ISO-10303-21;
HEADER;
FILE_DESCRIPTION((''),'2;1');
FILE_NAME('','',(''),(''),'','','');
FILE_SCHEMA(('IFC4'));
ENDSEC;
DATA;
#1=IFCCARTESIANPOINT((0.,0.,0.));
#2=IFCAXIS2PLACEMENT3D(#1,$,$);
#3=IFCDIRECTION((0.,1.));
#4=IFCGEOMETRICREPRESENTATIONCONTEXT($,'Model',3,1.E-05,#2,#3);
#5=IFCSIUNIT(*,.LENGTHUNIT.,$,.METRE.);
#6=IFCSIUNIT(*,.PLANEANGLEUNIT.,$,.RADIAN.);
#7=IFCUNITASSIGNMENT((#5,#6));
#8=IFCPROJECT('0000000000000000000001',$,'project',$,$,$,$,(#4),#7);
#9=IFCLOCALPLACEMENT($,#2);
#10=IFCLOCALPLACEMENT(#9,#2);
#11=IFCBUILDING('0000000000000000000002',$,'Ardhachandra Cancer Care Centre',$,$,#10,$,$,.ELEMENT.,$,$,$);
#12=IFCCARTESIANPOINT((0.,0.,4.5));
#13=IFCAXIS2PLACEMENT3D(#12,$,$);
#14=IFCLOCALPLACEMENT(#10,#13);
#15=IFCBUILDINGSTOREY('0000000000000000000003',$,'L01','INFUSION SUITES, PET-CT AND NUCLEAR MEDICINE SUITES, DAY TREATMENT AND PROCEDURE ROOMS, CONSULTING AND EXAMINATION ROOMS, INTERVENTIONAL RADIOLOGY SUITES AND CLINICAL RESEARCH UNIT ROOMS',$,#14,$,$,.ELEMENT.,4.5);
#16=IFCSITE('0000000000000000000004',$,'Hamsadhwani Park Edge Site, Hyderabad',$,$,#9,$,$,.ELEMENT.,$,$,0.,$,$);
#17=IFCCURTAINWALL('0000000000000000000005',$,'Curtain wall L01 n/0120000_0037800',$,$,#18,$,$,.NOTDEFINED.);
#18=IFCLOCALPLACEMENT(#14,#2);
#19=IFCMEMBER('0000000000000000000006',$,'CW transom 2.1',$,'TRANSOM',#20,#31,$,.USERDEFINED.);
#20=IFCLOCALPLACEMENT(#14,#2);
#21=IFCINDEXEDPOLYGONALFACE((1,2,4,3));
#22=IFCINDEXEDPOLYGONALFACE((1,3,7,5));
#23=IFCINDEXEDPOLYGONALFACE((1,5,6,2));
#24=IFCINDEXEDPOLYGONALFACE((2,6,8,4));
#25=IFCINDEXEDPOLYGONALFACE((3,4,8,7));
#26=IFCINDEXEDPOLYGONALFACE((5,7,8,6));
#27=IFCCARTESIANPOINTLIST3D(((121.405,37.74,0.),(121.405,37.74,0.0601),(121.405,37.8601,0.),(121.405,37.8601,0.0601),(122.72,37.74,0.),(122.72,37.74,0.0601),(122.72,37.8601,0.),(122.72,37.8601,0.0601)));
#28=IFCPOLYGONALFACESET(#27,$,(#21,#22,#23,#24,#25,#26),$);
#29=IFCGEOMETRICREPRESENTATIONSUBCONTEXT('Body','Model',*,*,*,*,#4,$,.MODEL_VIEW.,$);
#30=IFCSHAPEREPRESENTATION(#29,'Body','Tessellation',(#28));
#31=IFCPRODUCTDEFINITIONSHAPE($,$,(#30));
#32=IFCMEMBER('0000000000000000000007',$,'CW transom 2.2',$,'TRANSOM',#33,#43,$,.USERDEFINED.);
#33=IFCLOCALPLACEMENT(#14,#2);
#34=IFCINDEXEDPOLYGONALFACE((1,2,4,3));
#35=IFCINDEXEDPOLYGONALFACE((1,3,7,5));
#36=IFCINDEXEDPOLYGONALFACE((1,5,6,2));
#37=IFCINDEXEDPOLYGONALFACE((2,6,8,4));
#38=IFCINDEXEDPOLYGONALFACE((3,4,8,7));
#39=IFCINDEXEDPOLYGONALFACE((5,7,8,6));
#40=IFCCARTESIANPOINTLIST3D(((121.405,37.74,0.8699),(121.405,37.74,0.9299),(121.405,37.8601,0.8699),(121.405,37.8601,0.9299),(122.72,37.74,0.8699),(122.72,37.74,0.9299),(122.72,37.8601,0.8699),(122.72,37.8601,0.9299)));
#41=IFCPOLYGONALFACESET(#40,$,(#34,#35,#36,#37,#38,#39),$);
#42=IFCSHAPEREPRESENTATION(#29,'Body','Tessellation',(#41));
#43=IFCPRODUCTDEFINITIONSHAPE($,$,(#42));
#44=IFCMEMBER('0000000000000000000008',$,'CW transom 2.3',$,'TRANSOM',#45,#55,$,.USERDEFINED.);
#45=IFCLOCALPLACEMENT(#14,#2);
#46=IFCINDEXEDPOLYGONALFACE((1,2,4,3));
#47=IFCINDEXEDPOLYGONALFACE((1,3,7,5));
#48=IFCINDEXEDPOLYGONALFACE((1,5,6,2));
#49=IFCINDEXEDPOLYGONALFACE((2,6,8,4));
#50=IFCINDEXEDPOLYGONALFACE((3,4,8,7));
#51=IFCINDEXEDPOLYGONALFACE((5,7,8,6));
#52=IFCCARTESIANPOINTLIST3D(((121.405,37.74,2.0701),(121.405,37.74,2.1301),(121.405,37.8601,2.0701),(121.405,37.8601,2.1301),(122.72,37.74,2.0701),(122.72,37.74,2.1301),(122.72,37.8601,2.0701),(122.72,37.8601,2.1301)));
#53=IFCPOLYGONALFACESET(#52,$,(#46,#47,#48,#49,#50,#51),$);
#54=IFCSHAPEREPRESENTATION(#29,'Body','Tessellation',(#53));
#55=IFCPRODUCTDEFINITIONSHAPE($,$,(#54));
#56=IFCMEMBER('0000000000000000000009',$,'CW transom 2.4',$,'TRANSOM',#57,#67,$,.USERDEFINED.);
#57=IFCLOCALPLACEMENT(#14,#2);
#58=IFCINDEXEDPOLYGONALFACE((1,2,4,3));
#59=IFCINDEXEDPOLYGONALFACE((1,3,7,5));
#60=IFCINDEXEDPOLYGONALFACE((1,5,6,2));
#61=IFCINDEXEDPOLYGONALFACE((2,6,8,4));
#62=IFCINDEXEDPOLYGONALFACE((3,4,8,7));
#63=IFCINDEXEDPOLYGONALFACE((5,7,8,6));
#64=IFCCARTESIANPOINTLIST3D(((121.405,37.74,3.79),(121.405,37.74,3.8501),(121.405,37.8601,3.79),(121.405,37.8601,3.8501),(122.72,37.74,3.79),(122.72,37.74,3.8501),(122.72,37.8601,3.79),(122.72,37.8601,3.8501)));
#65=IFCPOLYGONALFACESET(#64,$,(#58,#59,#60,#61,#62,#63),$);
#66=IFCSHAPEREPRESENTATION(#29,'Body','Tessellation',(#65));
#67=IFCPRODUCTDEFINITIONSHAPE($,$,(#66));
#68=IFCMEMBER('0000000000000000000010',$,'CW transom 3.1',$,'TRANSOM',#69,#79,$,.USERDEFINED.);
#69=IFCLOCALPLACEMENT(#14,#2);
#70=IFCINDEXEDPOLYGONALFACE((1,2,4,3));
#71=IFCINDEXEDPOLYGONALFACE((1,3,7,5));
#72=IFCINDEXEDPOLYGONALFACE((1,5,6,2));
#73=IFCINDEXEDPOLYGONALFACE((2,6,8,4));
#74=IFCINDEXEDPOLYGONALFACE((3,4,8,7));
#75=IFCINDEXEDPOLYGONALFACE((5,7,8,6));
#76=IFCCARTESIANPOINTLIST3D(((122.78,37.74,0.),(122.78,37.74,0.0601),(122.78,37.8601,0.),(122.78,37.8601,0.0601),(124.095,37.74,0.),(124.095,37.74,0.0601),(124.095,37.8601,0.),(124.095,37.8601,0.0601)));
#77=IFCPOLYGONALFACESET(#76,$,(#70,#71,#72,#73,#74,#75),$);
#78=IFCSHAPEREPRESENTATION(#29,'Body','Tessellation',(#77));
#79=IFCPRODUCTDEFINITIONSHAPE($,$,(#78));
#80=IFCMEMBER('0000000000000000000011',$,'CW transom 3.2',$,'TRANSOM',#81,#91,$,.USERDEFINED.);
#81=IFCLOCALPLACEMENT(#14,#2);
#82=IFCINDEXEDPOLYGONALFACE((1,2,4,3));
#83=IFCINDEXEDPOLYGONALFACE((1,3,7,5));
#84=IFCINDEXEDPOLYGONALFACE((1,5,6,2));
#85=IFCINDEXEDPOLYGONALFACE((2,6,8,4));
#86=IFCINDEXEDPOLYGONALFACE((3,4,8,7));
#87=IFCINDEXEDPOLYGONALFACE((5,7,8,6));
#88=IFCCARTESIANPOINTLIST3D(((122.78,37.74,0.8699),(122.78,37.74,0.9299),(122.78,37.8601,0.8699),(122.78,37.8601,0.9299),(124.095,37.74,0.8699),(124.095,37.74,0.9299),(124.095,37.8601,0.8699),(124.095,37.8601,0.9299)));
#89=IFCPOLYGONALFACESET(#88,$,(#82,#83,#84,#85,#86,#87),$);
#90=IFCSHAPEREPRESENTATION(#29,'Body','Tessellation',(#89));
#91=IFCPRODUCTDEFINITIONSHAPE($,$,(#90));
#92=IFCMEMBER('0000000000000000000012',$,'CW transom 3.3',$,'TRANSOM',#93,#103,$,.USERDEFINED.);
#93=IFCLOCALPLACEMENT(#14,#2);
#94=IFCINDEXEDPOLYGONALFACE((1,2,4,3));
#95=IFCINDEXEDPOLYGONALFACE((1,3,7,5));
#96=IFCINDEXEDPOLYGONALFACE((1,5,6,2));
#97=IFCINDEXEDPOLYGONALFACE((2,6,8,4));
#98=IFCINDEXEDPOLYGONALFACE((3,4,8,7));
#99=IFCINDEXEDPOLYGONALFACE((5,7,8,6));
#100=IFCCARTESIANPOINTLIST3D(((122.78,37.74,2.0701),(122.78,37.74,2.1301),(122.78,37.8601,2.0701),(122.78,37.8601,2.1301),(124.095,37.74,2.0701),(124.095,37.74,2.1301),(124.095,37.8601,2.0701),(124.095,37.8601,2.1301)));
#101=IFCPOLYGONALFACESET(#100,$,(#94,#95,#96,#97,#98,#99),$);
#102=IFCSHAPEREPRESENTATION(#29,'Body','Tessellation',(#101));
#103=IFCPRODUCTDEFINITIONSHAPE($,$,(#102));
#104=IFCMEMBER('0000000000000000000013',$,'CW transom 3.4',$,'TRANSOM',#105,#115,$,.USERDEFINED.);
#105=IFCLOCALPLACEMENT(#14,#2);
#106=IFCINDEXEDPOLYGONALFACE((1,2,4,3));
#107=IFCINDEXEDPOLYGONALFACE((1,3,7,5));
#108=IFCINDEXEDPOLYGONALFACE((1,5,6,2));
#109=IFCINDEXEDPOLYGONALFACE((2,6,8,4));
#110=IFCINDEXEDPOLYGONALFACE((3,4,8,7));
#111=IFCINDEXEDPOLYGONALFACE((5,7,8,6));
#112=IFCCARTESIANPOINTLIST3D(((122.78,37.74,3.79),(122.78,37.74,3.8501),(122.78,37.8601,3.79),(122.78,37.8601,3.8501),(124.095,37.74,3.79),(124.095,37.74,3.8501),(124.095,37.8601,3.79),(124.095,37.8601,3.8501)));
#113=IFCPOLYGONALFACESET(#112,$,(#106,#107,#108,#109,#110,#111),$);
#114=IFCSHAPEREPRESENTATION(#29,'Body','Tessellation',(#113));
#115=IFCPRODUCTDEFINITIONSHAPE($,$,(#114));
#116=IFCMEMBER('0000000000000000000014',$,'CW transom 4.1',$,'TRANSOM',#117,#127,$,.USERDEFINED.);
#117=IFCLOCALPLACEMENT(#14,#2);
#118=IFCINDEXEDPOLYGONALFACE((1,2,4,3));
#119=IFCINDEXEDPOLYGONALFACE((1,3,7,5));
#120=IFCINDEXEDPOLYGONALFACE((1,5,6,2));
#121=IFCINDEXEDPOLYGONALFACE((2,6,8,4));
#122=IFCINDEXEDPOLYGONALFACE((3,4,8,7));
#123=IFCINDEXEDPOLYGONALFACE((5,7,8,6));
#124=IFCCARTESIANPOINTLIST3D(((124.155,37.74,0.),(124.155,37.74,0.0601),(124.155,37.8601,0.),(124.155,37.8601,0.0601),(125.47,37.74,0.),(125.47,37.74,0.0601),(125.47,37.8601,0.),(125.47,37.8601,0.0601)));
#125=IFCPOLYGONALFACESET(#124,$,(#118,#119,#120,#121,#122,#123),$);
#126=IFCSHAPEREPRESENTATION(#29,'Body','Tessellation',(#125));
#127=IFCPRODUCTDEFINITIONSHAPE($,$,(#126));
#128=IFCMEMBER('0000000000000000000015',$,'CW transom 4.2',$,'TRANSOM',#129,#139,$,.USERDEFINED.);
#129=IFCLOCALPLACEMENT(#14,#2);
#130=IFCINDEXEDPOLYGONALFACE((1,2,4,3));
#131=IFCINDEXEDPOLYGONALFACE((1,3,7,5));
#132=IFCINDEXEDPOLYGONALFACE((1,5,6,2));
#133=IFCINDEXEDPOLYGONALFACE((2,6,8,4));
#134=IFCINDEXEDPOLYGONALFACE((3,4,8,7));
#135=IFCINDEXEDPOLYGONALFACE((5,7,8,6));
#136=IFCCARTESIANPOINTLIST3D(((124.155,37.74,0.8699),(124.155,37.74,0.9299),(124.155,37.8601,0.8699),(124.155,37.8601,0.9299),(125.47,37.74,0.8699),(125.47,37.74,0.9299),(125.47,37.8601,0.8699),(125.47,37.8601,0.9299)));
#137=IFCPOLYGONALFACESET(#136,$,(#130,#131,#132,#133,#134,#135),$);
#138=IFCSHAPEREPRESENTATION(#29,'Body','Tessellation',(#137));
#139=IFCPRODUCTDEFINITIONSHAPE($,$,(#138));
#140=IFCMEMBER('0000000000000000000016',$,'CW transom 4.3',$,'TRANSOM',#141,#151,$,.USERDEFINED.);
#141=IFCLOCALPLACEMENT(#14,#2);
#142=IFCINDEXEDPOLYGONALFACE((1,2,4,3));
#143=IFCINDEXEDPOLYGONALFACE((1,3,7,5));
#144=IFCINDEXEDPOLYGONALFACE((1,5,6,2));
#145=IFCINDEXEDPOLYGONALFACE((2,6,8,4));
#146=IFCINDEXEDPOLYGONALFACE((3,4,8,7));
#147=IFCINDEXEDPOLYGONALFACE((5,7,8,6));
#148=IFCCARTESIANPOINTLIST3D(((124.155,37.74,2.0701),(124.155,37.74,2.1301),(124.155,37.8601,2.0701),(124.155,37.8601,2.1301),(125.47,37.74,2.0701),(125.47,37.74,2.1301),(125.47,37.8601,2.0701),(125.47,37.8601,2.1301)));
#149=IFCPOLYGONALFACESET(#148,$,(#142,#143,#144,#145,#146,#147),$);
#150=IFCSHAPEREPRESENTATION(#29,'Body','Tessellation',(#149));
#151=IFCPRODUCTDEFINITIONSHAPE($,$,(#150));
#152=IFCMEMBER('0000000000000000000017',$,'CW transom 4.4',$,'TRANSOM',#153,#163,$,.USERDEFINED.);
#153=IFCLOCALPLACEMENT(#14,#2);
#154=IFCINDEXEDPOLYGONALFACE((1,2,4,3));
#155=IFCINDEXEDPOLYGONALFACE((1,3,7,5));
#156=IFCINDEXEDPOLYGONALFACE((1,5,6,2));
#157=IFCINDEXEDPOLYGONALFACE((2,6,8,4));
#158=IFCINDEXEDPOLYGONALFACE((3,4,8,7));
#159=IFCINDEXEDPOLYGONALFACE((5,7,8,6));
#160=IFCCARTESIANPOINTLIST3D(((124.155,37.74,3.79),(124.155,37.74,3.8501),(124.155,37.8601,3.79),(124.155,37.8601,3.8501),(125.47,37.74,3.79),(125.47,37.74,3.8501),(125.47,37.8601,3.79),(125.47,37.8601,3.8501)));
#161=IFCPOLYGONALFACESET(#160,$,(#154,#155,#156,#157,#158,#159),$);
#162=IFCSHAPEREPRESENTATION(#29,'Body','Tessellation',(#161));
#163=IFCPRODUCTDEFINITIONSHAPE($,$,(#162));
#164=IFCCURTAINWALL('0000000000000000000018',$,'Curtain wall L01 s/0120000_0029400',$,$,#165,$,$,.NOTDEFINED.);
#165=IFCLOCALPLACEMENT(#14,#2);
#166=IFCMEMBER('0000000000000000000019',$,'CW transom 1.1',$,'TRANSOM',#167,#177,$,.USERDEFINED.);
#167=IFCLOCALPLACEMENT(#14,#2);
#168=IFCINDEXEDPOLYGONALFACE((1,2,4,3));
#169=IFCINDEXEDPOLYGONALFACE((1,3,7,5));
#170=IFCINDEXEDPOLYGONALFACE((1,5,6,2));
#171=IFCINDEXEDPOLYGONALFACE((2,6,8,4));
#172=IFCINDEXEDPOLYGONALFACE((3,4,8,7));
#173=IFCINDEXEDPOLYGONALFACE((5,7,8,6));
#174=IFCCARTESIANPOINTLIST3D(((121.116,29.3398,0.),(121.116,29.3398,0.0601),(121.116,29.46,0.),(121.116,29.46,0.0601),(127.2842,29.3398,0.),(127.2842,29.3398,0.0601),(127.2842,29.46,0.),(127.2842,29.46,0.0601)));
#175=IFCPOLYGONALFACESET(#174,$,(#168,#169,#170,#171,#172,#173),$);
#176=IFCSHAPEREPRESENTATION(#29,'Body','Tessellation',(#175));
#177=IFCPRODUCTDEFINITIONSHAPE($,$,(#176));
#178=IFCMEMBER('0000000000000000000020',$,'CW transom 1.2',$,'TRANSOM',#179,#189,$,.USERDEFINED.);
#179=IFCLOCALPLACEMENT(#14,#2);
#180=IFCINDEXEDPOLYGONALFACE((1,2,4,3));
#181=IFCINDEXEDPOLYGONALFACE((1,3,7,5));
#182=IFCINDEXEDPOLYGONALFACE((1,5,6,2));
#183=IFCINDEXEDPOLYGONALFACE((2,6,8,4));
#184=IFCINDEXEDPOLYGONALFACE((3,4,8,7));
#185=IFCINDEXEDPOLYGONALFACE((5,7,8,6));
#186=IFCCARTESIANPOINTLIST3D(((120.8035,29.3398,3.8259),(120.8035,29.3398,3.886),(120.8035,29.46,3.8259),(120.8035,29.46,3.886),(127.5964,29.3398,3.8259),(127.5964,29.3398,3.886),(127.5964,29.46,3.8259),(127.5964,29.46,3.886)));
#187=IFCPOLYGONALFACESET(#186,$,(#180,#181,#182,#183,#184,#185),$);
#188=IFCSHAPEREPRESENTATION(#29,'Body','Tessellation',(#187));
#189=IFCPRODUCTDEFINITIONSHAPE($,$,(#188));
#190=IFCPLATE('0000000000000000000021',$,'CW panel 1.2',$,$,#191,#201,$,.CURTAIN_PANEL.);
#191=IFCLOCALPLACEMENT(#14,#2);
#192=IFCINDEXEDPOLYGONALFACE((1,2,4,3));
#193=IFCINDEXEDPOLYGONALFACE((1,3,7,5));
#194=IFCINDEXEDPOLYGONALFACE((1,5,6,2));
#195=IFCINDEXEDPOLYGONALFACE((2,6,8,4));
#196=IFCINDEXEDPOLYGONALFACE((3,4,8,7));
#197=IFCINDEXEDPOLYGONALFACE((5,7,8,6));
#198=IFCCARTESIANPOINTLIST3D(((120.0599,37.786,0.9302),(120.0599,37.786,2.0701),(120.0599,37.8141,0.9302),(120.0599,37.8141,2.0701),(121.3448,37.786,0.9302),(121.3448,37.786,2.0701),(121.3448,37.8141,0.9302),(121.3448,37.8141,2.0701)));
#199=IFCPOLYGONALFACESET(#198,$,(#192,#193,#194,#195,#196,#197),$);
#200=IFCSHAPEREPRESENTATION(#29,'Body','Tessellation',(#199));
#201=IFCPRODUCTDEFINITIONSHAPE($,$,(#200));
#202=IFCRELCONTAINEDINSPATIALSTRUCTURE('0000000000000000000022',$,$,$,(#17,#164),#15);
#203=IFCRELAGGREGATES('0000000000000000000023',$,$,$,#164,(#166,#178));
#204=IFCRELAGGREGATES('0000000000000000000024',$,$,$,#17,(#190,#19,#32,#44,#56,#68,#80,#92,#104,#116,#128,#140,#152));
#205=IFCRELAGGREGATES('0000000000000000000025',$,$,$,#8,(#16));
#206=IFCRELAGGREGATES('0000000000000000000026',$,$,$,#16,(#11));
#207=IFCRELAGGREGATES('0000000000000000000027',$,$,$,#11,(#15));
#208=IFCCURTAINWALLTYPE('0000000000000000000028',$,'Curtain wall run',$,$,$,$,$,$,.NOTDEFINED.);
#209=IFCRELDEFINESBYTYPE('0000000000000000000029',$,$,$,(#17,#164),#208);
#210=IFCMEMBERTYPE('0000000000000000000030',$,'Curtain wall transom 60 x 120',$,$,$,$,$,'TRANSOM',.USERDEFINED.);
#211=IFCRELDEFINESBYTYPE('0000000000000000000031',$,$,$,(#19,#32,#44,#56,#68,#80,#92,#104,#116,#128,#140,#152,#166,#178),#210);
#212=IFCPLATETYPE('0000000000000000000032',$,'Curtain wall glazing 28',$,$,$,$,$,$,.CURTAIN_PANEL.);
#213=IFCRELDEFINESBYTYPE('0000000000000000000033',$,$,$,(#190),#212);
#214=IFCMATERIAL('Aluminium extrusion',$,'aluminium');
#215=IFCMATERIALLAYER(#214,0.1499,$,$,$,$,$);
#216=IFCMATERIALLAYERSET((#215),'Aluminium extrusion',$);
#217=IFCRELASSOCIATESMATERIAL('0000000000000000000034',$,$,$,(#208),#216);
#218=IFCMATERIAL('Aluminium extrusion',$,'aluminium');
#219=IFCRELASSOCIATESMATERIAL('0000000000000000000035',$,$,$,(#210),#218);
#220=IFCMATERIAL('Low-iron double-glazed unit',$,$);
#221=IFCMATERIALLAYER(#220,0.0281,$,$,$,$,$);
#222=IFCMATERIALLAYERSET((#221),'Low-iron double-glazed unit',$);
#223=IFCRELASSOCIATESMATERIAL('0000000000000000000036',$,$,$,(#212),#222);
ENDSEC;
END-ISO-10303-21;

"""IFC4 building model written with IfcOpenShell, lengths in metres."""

from ifc_helpers import new_model, si_unit, direction, frame, origin, origin_2d, place, context, subcontext, project, spatial, rectangle, extrude, material, layer, layer_set, material_profile, profile_set, type_object, element, aggregate, save


model = new_model("IFC4")

# Units and contexts
model_context = context("Model", 3, precision=1e-05, world=origin(), true_north=direction((0.0, 1.0)))
body_context = subcontext(model_context, "Body", "Model", "MODEL_VIEW")
ifc_project = project(units=[si_unit("LENGTHUNIT", "METRE"), si_unit("PLANEANGLEUNIT", "RADIAN")], contexts=[model_context])

# Site, building, storey
site_placement = place(None, origin())
site = spatial("IfcSite", under=ifc_project, at=site_placement, Name="Hamsadhwani Park Edge Site, Hyderabad", CompositionType="ELEMENT", RefElevation=0.0)
building_placement = place(site_placement, origin())
building = spatial("IfcBuilding", under=site, at=building_placement, Name="Ardhachandra Cancer Care Centre", CompositionType="ELEMENT")
storey_placement = place(building_placement, frame((0.0, 0.0, 4.5)))
storey = spatial("IfcBuildingStorey", under=building, at=storey_placement, Name="L01", Description="INFUSION SUITES, PET-CT AND NUCLEAR MEDICINE SUITES, DAY TREATMENT AND PROCEDURE ROOMS, CONSULTING AND EXAMINATION ROOMS, INTERVENTIONAL RADIOLOGY SUITES AND CLINICAL RESEARCH UNIT ROOMS", CompositionType="ELEMENT", Elevation=4.5)

# Curtain walls, members
ifc_material_1 = material(Name="Aluminium extrusion", Category="aluminium")
ifc_layer_1 = layer(ifc_material_1, 0.1499)
ifc_layer_set_1 = layer_set([ifc_layer_1], Name="Aluminium extrusion")
curtain_wall_type = type_object("IfcCurtainWallType", Name="Curtain wall run", PredefinedType="NOTDEFINED", material=ifc_layer_set_1)
curtain_wall_1_placement = place(storey_placement, origin())
curtain_wall_1 = element("IfcCurtainWall", 1, at=curtain_wall_1_placement, inside=storey, type_object=curtain_wall_type, Name="Curtain wall L01 n/0120000_0037800", PredefinedType="NOTDEFINED")
ifc_material_2 = material(Name="Aluminium extrusion", Category="aluminium")
ifc_material_profile_1 = material_profile(ifc_material_2, rectangle(XDim=0.1201, YDim=0.0601, at=origin_2d()), Name="Curtain wall transom 60 x 120")
ifc_profile_set_1 = profile_set([ifc_material_profile_1], Name="Aluminium extrusion")
member_type_1 = type_object("IfcMemberType", Name="Curtain wall transom 60 x 120", ElementType="TRANSOM", PredefinedType="USERDEFINED", material=ifc_profile_set_1)
member_1_placement = place(storey_placement, frame((121.405, 37.8, 0.03), z_axis=(1.0, 0.0, 0.0), x_axis=(0.0, 1.0, 0.0)))
member_1 = element("IfcMember", 2, at=member_1_placement, type_object=member_type_1, Name="CW transom 2.1", ObjectType="TRANSOM", PredefinedType="USERDEFINED", context=body_context, shape_type="SweptSolid", body=[
    extrude(rectangle(XDim=0.1201, YDim=0.0601, at=origin_2d()), origin(), (0.0, 0.0, 1.0), 1.3149),
])
member_2_placement = place(storey_placement, frame((121.405, 37.8, 0.8999), z_axis=(1.0, 0.0, 0.0), x_axis=(0.0, 1.0, 0.0)))
member_2 = element("IfcMember", 3, at=member_2_placement, type_object=member_type_1, Name="CW transom 2.2", ObjectType="TRANSOM", PredefinedType="USERDEFINED", context=body_context, shape_type="SweptSolid", body=[
    extrude(rectangle(XDim=0.1201, YDim=0.0601, at=origin_2d()), origin(), (0.0, 0.0, 1.0), 1.3149),
])
member_3_placement = place(storey_placement, frame((121.405, 37.8, 2.1001), z_axis=(1.0, 0.0, 0.0), x_axis=(0.0, 1.0, 0.0)))
member_3 = element("IfcMember", 4, at=member_3_placement, type_object=member_type_1, Name="CW transom 2.3", ObjectType="TRANSOM", PredefinedType="USERDEFINED", context=body_context, shape_type="SweptSolid", body=[
    extrude(rectangle(XDim=0.1201, YDim=0.0601, at=origin_2d()), origin(), (0.0, 0.0, 1.0), 1.3149),
])
member_4_placement = place(storey_placement, frame((121.405, 37.8, 3.8201), z_axis=(1.0, 0.0, 0.0), x_axis=(0.0, 1.0, 0.0)))
member_4 = element("IfcMember", 5, at=member_4_placement, type_object=member_type_1, Name="CW transom 2.4", ObjectType="TRANSOM", PredefinedType="USERDEFINED", context=body_context, shape_type="SweptSolid", body=[
    extrude(rectangle(XDim=0.1201, YDim=0.0601, at=origin_2d()), origin(), (0.0, 0.0, 1.0), 1.3149),
])
member_5_placement = place(storey_placement, frame((122.78, 37.8, 0.03), z_axis=(1.0, 0.0, 0.0), x_axis=(0.0, 1.0, 0.0)))
member_5 = element("IfcMember", 6, at=member_5_placement, type_object=member_type_1, Name="CW transom 3.1", ObjectType="TRANSOM", PredefinedType="USERDEFINED", context=body_context, shape_type="SweptSolid", body=[
    extrude(rectangle(XDim=0.1201, YDim=0.0601, at=origin_2d()), origin(), (0.0, 0.0, 1.0), 1.3149),
])
member_6_placement = place(storey_placement, frame((122.78, 37.8, 0.8999), z_axis=(1.0, 0.0, 0.0), x_axis=(0.0, 1.0, 0.0)))
member_6 = element("IfcMember", 7, at=member_6_placement, type_object=member_type_1, Name="CW transom 3.2", ObjectType="TRANSOM", PredefinedType="USERDEFINED", context=body_context, shape_type="SweptSolid", body=[
    extrude(rectangle(XDim=0.1201, YDim=0.0601, at=origin_2d()), origin(), (0.0, 0.0, 1.0), 1.3149),
])
member_7_placement = place(storey_placement, frame((122.78, 37.8, 2.1001), z_axis=(1.0, 0.0, 0.0), x_axis=(0.0, 1.0, 0.0)))
member_7 = element("IfcMember", 8, at=member_7_placement, type_object=member_type_1, Name="CW transom 3.3", ObjectType="TRANSOM", PredefinedType="USERDEFINED", context=body_context, shape_type="SweptSolid", body=[
    extrude(rectangle(XDim=0.1201, YDim=0.0601, at=origin_2d()), origin(), (0.0, 0.0, 1.0), 1.3149),
])
member_8_placement = place(storey_placement, frame((122.78, 37.8, 3.8201), z_axis=(1.0, 0.0, 0.0), x_axis=(0.0, 1.0, 0.0)))
member_8 = element("IfcMember", 9, at=member_8_placement, type_object=member_type_1, Name="CW transom 3.4", ObjectType="TRANSOM", PredefinedType="USERDEFINED", context=body_context, shape_type="SweptSolid", body=[
    extrude(rectangle(XDim=0.1201, YDim=0.0601, at=origin_2d()), origin(), (0.0, 0.0, 1.0), 1.3149),
])
member_9_placement = place(storey_placement, frame((124.155, 37.8, 0.03), z_axis=(1.0, 0.0, 0.0), x_axis=(0.0, 1.0, 0.0)))
member_9 = element("IfcMember", 10, at=member_9_placement, type_object=member_type_1, Name="CW transom 4.1", ObjectType="TRANSOM", PredefinedType="USERDEFINED", context=body_context, shape_type="SweptSolid", body=[
    extrude(rectangle(XDim=0.1201, YDim=0.0601, at=origin_2d()), origin(), (0.0, 0.0, 1.0), 1.3149),
])
member_10_placement = place(storey_placement, frame((124.155, 37.8, 0.8999), z_axis=(1.0, 0.0, 0.0), x_axis=(0.0, 1.0, 0.0)))
member_10 = element("IfcMember", 11, at=member_10_placement, type_object=member_type_1, Name="CW transom 4.2", ObjectType="TRANSOM", PredefinedType="USERDEFINED", context=body_context, shape_type="SweptSolid", body=[
    extrude(rectangle(XDim=0.1201, YDim=0.0601, at=origin_2d()), origin(), (0.0, 0.0, 1.0), 1.3149),
])
member_11_placement = place(storey_placement, frame((124.155, 37.8, 2.1001), z_axis=(1.0, 0.0, 0.0), x_axis=(0.0, 1.0, 0.0)))
member_11 = element("IfcMember", 12, at=member_11_placement, type_object=member_type_1, Name="CW transom 4.3", ObjectType="TRANSOM", PredefinedType="USERDEFINED", context=body_context, shape_type="SweptSolid", body=[
    extrude(rectangle(XDim=0.1201, YDim=0.0601, at=origin_2d()), origin(), (0.0, 0.0, 1.0), 1.3149),
])
member_12_placement = place(storey_placement, frame((124.155, 37.8, 3.8201), z_axis=(1.0, 0.0, 0.0), x_axis=(0.0, 1.0, 0.0)))
member_12 = element("IfcMember", 13, at=member_12_placement, type_object=member_type_1, Name="CW transom 4.4", ObjectType="TRANSOM", PredefinedType="USERDEFINED", context=body_context, shape_type="SweptSolid", body=[
    extrude(rectangle(XDim=0.1201, YDim=0.0601, at=origin_2d()), origin(), (0.0, 0.0, 1.0), 1.3149),
])
curtain_wall_2_placement = place(storey_placement, origin())
curtain_wall_2 = element("IfcCurtainWall", 14, at=curtain_wall_2_placement, inside=storey, type_object=curtain_wall_type, Name="Curtain wall L01 s/0120000_0029400", PredefinedType="NOTDEFINED")
member_13_placement = place(storey_placement, frame((121.116, 29.3999, 0.03), z_axis=(1.0, 0.0, 0.0), x_axis=(0.0, 1.0, 0.0)))
member_13 = element("IfcMember", 15, at=member_13_placement, type_object=member_type_1, Name="CW transom 1.1", ObjectType="TRANSOM", PredefinedType="USERDEFINED", context=body_context, shape_type="SweptSolid", body=[
    extrude(rectangle(XDim=0.1201, YDim=0.0601, at=origin_2d()), origin(), (0.0, 0.0, 1.0), 6.1682),
])
member_14_placement = place(storey_placement, frame((120.8035, 29.3999, 3.856), z_axis=(1.0, 0.0, 0.0), x_axis=(0.0, 1.0, 0.0)))
member_14 = element("IfcMember", 16, at=member_14_placement, type_object=member_type_1, Name="CW transom 1.2", ObjectType="TRANSOM", PredefinedType="USERDEFINED", context=body_context, shape_type="SweptSolid", body=[
    extrude(rectangle(XDim=0.1201, YDim=0.0601, at=origin_2d()), origin(), (0.0, 0.0, 1.0), 6.793),
])

# Plate
ifc_material_3 = material(Name="Low-iron double-glazed unit")
ifc_layer_2 = layer(ifc_material_3, 0.0281)
ifc_layer_set_2 = layer_set([ifc_layer_2], Name="Low-iron double-glazed unit")
plate_type_1 = type_object("IfcPlateType", Name="Curtain wall glazing 28", PredefinedType="CURTAIN_PANEL", material=ifc_layer_set_2)
plate_1_placement = place(storey_placement, frame((120.7024, 37.8, 0.9302), z_axis=(0.0, 0.0, 1.0), x_axis=(1.0, 0.0, 0.0)))
plate_1 = element("IfcPlate", 17, at=plate_1_placement, type_object=plate_type_1, Name="CW panel 1.2", PredefinedType="CURTAIN_PANEL", context=body_context, shape_type="SweptSolid", body=[
    extrude(rectangle(XDim=1.2849, YDim=0.0281, at=origin_2d()), origin(), (0.0, 0.0, 1.0), 1.1399),
])
aggregate(curtain_wall_2, [member_13, member_14])
aggregate(curtain_wall_1, [plate_1, member_1, member_2, member_3, member_4, member_5, member_6, member_7, member_8, member_9, member_10, member_11, member_12])

save(model, "model.ifc")
